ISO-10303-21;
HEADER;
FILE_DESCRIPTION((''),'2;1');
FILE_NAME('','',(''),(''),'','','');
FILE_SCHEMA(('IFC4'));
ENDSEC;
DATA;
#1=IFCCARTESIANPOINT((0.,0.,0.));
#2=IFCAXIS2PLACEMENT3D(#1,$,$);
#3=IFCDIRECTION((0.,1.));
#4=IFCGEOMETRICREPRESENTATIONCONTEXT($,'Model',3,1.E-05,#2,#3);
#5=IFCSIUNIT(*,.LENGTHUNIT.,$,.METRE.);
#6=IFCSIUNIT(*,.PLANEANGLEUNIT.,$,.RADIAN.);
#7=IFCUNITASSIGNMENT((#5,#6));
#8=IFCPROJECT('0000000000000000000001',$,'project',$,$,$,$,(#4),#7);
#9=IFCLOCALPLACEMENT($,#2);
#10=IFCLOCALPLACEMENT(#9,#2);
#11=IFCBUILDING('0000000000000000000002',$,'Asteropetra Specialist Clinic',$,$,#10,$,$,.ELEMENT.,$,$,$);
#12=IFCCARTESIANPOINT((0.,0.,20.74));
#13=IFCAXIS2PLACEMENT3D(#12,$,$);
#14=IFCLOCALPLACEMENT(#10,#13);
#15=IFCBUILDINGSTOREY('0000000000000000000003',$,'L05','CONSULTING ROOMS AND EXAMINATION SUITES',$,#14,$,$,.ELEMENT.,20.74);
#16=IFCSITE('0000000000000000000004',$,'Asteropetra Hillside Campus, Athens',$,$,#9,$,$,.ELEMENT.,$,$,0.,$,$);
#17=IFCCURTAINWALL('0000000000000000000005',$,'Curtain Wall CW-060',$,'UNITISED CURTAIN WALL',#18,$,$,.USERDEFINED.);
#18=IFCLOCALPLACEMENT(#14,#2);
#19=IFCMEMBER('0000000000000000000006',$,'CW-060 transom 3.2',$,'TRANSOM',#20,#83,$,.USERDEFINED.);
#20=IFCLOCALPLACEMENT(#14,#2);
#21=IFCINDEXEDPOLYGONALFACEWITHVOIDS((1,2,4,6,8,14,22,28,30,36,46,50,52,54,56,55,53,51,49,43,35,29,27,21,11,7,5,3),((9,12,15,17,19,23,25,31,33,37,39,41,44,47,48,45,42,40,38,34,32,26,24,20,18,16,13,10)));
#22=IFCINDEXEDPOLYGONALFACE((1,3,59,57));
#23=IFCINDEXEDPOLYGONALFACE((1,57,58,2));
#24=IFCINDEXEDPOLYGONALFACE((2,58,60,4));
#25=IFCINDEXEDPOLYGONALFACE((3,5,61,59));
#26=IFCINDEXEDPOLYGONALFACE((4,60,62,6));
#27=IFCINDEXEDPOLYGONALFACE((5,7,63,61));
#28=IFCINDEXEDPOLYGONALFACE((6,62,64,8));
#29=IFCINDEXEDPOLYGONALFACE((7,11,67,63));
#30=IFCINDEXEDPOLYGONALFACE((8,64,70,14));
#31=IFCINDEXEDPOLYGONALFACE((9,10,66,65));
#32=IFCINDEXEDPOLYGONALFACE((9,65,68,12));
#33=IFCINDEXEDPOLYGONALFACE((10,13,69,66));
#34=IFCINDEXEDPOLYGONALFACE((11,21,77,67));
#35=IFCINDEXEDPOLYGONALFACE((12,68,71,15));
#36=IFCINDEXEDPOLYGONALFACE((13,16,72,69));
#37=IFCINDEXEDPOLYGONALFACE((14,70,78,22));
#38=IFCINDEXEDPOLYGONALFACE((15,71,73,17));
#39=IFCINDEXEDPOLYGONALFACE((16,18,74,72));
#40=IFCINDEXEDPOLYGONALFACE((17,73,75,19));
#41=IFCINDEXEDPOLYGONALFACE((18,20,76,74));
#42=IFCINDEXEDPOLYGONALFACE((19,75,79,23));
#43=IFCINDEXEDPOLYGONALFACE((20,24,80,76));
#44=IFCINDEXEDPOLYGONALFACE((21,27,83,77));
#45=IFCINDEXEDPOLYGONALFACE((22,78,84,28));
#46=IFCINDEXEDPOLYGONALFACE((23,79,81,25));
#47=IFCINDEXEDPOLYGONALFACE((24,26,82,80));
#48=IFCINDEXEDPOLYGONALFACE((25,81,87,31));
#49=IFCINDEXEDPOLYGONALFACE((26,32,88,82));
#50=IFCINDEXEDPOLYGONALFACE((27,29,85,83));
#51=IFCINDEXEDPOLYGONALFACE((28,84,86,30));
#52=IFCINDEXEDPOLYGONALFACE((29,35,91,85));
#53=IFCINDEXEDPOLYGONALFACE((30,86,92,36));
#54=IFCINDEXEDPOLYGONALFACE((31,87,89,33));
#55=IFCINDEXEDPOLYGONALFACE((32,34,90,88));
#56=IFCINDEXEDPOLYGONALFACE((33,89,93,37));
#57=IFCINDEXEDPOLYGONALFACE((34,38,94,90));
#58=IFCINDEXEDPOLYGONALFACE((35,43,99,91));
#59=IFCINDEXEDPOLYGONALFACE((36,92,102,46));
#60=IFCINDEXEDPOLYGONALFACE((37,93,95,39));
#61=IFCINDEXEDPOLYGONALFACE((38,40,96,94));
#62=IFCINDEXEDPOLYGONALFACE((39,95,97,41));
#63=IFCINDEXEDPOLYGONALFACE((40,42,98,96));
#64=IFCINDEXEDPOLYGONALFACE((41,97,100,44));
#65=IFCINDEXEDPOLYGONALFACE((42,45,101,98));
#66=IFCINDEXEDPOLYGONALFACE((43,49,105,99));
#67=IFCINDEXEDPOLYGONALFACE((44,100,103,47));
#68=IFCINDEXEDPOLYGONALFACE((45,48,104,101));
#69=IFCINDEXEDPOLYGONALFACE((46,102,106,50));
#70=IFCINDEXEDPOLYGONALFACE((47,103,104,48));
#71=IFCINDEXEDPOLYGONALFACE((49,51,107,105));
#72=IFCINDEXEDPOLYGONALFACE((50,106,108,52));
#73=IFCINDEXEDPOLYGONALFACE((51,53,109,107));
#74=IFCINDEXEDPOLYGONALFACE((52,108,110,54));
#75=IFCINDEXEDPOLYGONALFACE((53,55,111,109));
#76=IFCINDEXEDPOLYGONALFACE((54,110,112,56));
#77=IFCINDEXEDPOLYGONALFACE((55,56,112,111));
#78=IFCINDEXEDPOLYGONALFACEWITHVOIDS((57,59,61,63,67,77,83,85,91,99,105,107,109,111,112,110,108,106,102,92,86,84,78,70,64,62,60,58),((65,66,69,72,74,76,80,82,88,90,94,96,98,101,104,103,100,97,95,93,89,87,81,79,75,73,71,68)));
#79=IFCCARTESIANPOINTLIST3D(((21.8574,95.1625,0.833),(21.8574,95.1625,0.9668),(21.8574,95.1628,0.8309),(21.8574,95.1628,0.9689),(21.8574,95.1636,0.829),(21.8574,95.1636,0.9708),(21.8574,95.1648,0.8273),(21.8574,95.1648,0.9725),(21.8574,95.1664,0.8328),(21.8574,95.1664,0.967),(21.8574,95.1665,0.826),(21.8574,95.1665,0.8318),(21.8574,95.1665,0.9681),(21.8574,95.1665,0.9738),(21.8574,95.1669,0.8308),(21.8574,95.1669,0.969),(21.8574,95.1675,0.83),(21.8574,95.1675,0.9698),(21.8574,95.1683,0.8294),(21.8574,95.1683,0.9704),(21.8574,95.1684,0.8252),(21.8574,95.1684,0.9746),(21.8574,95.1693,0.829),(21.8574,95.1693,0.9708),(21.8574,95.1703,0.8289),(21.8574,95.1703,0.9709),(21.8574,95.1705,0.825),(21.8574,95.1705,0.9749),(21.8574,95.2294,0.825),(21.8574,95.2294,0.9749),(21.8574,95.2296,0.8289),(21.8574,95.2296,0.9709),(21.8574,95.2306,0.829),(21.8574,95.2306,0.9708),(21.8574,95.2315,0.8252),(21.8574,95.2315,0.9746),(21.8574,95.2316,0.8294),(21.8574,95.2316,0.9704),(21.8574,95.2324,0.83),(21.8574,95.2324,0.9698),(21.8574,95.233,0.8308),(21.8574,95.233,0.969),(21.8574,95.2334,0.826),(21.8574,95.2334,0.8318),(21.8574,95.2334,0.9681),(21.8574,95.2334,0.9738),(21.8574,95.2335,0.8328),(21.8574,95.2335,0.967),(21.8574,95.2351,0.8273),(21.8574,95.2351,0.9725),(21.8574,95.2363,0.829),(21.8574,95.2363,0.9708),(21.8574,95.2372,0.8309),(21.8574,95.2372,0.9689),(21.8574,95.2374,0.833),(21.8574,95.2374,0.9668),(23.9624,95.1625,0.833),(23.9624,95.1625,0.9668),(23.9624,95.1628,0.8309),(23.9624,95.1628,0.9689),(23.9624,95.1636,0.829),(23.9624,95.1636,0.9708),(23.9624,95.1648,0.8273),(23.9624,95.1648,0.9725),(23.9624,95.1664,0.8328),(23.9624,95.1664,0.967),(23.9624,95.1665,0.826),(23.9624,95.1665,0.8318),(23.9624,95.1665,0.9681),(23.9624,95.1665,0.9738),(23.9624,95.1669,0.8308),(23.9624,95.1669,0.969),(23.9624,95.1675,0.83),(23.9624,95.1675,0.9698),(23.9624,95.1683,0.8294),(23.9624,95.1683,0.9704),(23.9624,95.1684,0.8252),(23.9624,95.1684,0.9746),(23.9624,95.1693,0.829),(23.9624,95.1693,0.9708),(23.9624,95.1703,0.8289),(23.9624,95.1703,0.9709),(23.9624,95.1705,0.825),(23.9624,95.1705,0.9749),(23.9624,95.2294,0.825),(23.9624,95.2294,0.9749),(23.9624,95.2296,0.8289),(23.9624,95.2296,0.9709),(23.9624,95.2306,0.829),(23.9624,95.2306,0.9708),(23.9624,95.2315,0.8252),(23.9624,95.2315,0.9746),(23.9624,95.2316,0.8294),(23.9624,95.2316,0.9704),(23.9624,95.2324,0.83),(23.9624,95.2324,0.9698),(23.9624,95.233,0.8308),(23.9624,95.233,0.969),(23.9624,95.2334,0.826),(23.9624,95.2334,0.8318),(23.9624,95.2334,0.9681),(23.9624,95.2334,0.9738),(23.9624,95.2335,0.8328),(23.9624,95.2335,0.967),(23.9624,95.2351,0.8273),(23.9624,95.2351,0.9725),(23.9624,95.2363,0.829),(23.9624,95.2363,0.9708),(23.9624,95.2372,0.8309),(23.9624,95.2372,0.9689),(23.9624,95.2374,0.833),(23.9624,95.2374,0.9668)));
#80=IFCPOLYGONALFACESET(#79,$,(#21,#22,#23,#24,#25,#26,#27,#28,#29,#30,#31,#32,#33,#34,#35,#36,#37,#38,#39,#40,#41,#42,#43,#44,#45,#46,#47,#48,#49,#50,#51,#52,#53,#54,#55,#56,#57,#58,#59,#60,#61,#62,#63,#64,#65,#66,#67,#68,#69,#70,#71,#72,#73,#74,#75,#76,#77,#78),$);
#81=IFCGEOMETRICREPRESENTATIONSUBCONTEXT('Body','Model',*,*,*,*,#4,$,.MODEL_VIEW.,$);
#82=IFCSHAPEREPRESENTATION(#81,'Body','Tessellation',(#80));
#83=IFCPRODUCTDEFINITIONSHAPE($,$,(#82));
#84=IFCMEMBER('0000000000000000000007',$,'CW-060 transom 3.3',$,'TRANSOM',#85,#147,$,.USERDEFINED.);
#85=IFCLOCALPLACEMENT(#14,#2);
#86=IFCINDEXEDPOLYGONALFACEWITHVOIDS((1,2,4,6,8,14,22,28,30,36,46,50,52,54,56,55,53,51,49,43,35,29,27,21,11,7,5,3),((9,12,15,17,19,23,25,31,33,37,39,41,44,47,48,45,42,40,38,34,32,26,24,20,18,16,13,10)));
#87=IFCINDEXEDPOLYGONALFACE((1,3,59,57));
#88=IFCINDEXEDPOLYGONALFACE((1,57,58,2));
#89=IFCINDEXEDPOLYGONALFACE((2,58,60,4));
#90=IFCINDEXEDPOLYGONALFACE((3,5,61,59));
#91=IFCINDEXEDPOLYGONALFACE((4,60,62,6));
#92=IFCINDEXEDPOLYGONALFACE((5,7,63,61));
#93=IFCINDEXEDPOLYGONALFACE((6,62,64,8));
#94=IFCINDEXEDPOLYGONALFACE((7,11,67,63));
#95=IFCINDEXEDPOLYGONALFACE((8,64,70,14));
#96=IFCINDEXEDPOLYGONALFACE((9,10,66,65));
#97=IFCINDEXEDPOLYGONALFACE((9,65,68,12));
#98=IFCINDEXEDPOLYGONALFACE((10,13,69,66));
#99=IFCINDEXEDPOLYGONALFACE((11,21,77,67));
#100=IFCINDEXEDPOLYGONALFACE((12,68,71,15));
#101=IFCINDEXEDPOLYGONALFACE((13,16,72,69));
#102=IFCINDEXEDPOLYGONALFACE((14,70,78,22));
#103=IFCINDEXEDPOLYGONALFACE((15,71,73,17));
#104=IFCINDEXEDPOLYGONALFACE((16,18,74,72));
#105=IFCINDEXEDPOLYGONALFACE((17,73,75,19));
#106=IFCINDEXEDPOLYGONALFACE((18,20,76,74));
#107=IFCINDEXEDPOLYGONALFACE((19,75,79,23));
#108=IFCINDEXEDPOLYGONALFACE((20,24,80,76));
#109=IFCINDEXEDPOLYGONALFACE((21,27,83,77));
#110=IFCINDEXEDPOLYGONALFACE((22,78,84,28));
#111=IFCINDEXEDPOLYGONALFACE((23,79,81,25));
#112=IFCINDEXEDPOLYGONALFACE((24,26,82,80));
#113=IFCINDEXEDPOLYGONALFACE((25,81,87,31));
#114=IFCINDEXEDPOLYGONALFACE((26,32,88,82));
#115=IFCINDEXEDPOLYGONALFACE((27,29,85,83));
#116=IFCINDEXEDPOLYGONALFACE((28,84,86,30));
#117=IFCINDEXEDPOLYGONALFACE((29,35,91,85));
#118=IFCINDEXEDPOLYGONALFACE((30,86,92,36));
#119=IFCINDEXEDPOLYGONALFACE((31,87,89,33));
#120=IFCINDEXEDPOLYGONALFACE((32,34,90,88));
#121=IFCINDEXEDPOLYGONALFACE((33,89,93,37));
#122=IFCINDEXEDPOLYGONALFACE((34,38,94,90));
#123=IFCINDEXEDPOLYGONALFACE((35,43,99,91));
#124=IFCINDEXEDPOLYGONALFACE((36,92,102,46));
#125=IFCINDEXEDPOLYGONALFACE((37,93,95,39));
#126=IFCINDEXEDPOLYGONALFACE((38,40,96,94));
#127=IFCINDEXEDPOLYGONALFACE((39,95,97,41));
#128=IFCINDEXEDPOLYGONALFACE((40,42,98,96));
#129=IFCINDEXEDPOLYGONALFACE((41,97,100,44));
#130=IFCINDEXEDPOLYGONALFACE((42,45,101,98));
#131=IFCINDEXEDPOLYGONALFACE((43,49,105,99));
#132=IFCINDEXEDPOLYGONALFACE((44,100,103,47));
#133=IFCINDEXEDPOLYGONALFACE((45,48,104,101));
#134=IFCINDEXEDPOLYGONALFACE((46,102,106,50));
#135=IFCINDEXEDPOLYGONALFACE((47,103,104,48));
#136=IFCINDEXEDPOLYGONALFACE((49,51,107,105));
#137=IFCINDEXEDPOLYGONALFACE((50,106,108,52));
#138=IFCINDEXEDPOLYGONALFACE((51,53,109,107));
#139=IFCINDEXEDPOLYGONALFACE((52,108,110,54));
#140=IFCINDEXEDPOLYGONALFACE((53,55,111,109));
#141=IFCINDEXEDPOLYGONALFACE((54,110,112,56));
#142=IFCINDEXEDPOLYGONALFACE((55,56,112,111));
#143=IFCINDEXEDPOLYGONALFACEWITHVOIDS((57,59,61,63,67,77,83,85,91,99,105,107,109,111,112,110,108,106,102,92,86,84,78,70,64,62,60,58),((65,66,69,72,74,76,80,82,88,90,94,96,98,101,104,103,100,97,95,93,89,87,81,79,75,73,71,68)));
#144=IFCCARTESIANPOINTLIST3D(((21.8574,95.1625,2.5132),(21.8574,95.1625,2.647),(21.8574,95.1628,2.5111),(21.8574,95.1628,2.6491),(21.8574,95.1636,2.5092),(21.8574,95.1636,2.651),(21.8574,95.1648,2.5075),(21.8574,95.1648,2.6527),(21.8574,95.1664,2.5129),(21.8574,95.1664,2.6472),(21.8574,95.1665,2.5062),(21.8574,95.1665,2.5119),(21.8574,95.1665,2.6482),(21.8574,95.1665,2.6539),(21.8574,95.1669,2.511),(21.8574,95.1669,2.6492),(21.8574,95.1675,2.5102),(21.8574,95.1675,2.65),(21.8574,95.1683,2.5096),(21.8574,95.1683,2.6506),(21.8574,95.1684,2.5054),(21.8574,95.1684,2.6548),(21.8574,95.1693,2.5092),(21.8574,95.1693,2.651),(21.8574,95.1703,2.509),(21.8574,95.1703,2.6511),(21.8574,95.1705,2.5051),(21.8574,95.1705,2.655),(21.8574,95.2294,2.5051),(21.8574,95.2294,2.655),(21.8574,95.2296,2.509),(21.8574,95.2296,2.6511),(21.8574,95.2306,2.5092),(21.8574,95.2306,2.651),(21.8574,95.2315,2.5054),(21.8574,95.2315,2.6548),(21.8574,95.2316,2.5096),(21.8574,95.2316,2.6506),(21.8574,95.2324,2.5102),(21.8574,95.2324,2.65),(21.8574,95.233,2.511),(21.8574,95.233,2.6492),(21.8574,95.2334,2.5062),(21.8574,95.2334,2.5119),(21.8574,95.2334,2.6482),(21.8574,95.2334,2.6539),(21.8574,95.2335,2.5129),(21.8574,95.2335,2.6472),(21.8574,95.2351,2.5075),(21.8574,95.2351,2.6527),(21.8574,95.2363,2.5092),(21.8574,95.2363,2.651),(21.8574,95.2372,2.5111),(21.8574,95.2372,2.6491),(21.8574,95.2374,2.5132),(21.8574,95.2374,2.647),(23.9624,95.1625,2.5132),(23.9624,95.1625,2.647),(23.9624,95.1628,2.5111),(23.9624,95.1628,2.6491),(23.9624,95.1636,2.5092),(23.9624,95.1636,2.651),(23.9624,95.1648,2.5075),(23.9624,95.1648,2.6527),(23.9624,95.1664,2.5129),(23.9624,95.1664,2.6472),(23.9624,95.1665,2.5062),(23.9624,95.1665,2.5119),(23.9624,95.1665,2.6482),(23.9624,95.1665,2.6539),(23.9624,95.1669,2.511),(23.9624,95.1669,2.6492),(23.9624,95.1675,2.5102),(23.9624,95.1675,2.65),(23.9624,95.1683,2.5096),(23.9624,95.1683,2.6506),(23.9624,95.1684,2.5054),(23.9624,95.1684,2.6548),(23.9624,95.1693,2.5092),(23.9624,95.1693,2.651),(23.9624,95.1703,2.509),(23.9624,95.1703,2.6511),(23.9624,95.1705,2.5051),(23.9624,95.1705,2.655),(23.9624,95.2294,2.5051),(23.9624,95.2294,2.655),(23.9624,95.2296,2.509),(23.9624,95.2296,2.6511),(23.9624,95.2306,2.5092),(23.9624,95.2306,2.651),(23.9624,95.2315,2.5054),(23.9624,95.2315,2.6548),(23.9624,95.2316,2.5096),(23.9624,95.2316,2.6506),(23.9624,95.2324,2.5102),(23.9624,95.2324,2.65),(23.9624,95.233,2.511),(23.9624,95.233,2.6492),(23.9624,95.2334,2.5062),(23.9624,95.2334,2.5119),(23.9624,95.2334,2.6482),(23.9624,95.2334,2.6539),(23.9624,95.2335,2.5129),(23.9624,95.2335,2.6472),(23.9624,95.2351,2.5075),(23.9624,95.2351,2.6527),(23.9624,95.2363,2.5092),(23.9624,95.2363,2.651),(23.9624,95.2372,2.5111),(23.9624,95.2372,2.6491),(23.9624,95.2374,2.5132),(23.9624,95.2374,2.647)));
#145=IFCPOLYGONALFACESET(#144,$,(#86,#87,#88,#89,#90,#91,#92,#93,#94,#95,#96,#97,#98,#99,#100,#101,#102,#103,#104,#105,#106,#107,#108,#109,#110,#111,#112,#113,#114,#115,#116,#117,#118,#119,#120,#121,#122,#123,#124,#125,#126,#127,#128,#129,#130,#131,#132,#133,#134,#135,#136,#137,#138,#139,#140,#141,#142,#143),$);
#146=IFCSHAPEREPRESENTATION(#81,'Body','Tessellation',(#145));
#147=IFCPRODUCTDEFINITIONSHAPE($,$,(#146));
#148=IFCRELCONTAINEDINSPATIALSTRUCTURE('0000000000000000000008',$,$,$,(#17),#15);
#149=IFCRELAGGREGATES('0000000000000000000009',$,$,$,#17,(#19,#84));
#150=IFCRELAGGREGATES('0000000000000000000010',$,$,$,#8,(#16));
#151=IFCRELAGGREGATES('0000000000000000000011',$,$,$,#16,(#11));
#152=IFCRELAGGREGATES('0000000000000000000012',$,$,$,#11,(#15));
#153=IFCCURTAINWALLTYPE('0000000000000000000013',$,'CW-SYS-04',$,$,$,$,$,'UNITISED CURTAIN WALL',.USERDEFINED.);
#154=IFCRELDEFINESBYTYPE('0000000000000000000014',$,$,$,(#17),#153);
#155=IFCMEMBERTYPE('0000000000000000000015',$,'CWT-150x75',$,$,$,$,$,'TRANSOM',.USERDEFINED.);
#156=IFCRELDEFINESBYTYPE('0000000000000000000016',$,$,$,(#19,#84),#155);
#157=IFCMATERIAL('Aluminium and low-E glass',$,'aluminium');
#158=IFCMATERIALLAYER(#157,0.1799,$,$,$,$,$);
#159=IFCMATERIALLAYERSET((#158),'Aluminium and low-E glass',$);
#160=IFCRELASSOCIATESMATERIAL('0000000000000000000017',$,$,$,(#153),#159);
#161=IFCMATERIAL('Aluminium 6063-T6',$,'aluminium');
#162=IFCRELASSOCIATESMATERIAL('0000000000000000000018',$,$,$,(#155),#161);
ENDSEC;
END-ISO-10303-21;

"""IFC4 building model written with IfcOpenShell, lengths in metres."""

from ifc_helpers import new_model, si_unit, direction, frame, origin, origin_2d, place, context, subcontext, project, spatial, hollow_rectangle, extrude, material, layer, layer_set, material_profile, profile_set, type_object, element, aggregate, save


model = new_model("IFC4")

# Units and contexts
model_context = context("Model", 3, precision=1e-05, world=origin(), true_north=direction((0.0, 1.0)))
body_context = subcontext(model_context, "Body", "Model", "MODEL_VIEW")
ifc_project = project(units=[si_unit("LENGTHUNIT", "METRE"), si_unit("PLANEANGLEUNIT", "RADIAN")], contexts=[model_context])

# Site, building, storey
site_placement = place(None, origin())
site = spatial("IfcSite", under=ifc_project, at=site_placement, Name="Asteropetra Hillside Campus, Athens", CompositionType="ELEMENT", RefElevation=0.0)
building_placement = place(site_placement, origin())
building = spatial("IfcBuilding", under=site, at=building_placement, Name="Asteropetra Specialist Clinic", CompositionType="ELEMENT")
storey_placement = place(building_placement, frame((0.0, 0.0, 20.74)))
storey = spatial("IfcBuildingStorey", under=building, at=storey_placement, Name="L05", Description="CONSULTING ROOMS AND EXAMINATION SUITES", CompositionType="ELEMENT", Elevation=20.74)

# Curtain wall
ifc_material_1 = material(Name="Aluminium and low-E glass", Category="aluminium")
ifc_layer_1 = layer(ifc_material_1, 0.1799)
ifc_layer_set_1 = layer_set([ifc_layer_1], Name="Aluminium and low-E glass")
curtain_wall_type_1 = type_object("IfcCurtainWallType", Name="CW-SYS-04", ElementType="UNITISED CURTAIN WALL", PredefinedType="USERDEFINED", material=ifc_layer_set_1)
curtain_wall_1_placement = place(storey_placement, origin())
curtain_wall_1 = element("IfcCurtainWall", 1, at=curtain_wall_1_placement, inside=storey, type_object=curtain_wall_type_1, Name="Curtain Wall CW-060", ObjectType="UNITISED CURTAIN WALL", PredefinedType="USERDEFINED")

# Members
ifc_material_2 = material(Name="Aluminium 6063-T6", Category="aluminium")
ifc_material_profile_1 = material_profile(ifc_material_2, hollow_rectangle(XDim=0.075, YDim=0.1499, WallThickness=0.0039, InnerFilletRadius=0.0039, OuterFilletRadius=0.0081, at=origin_2d()), Name="TRN 150x75x4.0")
ifc_profile_set_1 = profile_set([ifc_material_profile_1], Name="Aluminium 6063-T6")
member_type_1 = type_object("IfcMemberType", Name="CWT-150x75", ElementType="TRANSOM", PredefinedType="USERDEFINED", material=ifc_profile_set_1)
member_1_placement = place(storey_placement, frame((23.9624, 95.2, 0.8999), z_axis=(-1.0, 0.0, 0.0), x_axis=(0.0, -1.0, 0.0)))
member_1 = element("IfcMember", 2, at=member_1_placement, type_object=member_type_1, Name="CW-060 transom 3.2", ObjectType="TRANSOM", PredefinedType="USERDEFINED", context=body_context, shape_type="SweptSolid", body=[
    extrude(hollow_rectangle(XDim=0.075, YDim=0.1499, WallThickness=0.0039, InnerFilletRadius=0.0039, OuterFilletRadius=0.0081, at=origin_2d()), origin(), (0.0, 0.0, 1.0), 2.105),
])
member_2_placement = place(storey_placement, frame((23.9624, 95.2, 2.5801), z_axis=(-1.0, 0.0, 0.0), x_axis=(0.0, -1.0, 0.0)))
member_2 = element("IfcMember", 3, at=member_2_placement, type_object=member_type_1, Name="CW-060 transom 3.3", ObjectType="TRANSOM", PredefinedType="USERDEFINED", context=body_context, shape_type="SweptSolid", body=[
    extrude(hollow_rectangle(XDim=0.075, YDim=0.1499, WallThickness=0.0039, InnerFilletRadius=0.0039, OuterFilletRadius=0.0081, at=origin_2d()), origin(), (0.0, 0.0, 1.0), 2.105),
])

aggregate(curtain_wall_1, [member_1, member_2])

save(model, "model.ifc")
